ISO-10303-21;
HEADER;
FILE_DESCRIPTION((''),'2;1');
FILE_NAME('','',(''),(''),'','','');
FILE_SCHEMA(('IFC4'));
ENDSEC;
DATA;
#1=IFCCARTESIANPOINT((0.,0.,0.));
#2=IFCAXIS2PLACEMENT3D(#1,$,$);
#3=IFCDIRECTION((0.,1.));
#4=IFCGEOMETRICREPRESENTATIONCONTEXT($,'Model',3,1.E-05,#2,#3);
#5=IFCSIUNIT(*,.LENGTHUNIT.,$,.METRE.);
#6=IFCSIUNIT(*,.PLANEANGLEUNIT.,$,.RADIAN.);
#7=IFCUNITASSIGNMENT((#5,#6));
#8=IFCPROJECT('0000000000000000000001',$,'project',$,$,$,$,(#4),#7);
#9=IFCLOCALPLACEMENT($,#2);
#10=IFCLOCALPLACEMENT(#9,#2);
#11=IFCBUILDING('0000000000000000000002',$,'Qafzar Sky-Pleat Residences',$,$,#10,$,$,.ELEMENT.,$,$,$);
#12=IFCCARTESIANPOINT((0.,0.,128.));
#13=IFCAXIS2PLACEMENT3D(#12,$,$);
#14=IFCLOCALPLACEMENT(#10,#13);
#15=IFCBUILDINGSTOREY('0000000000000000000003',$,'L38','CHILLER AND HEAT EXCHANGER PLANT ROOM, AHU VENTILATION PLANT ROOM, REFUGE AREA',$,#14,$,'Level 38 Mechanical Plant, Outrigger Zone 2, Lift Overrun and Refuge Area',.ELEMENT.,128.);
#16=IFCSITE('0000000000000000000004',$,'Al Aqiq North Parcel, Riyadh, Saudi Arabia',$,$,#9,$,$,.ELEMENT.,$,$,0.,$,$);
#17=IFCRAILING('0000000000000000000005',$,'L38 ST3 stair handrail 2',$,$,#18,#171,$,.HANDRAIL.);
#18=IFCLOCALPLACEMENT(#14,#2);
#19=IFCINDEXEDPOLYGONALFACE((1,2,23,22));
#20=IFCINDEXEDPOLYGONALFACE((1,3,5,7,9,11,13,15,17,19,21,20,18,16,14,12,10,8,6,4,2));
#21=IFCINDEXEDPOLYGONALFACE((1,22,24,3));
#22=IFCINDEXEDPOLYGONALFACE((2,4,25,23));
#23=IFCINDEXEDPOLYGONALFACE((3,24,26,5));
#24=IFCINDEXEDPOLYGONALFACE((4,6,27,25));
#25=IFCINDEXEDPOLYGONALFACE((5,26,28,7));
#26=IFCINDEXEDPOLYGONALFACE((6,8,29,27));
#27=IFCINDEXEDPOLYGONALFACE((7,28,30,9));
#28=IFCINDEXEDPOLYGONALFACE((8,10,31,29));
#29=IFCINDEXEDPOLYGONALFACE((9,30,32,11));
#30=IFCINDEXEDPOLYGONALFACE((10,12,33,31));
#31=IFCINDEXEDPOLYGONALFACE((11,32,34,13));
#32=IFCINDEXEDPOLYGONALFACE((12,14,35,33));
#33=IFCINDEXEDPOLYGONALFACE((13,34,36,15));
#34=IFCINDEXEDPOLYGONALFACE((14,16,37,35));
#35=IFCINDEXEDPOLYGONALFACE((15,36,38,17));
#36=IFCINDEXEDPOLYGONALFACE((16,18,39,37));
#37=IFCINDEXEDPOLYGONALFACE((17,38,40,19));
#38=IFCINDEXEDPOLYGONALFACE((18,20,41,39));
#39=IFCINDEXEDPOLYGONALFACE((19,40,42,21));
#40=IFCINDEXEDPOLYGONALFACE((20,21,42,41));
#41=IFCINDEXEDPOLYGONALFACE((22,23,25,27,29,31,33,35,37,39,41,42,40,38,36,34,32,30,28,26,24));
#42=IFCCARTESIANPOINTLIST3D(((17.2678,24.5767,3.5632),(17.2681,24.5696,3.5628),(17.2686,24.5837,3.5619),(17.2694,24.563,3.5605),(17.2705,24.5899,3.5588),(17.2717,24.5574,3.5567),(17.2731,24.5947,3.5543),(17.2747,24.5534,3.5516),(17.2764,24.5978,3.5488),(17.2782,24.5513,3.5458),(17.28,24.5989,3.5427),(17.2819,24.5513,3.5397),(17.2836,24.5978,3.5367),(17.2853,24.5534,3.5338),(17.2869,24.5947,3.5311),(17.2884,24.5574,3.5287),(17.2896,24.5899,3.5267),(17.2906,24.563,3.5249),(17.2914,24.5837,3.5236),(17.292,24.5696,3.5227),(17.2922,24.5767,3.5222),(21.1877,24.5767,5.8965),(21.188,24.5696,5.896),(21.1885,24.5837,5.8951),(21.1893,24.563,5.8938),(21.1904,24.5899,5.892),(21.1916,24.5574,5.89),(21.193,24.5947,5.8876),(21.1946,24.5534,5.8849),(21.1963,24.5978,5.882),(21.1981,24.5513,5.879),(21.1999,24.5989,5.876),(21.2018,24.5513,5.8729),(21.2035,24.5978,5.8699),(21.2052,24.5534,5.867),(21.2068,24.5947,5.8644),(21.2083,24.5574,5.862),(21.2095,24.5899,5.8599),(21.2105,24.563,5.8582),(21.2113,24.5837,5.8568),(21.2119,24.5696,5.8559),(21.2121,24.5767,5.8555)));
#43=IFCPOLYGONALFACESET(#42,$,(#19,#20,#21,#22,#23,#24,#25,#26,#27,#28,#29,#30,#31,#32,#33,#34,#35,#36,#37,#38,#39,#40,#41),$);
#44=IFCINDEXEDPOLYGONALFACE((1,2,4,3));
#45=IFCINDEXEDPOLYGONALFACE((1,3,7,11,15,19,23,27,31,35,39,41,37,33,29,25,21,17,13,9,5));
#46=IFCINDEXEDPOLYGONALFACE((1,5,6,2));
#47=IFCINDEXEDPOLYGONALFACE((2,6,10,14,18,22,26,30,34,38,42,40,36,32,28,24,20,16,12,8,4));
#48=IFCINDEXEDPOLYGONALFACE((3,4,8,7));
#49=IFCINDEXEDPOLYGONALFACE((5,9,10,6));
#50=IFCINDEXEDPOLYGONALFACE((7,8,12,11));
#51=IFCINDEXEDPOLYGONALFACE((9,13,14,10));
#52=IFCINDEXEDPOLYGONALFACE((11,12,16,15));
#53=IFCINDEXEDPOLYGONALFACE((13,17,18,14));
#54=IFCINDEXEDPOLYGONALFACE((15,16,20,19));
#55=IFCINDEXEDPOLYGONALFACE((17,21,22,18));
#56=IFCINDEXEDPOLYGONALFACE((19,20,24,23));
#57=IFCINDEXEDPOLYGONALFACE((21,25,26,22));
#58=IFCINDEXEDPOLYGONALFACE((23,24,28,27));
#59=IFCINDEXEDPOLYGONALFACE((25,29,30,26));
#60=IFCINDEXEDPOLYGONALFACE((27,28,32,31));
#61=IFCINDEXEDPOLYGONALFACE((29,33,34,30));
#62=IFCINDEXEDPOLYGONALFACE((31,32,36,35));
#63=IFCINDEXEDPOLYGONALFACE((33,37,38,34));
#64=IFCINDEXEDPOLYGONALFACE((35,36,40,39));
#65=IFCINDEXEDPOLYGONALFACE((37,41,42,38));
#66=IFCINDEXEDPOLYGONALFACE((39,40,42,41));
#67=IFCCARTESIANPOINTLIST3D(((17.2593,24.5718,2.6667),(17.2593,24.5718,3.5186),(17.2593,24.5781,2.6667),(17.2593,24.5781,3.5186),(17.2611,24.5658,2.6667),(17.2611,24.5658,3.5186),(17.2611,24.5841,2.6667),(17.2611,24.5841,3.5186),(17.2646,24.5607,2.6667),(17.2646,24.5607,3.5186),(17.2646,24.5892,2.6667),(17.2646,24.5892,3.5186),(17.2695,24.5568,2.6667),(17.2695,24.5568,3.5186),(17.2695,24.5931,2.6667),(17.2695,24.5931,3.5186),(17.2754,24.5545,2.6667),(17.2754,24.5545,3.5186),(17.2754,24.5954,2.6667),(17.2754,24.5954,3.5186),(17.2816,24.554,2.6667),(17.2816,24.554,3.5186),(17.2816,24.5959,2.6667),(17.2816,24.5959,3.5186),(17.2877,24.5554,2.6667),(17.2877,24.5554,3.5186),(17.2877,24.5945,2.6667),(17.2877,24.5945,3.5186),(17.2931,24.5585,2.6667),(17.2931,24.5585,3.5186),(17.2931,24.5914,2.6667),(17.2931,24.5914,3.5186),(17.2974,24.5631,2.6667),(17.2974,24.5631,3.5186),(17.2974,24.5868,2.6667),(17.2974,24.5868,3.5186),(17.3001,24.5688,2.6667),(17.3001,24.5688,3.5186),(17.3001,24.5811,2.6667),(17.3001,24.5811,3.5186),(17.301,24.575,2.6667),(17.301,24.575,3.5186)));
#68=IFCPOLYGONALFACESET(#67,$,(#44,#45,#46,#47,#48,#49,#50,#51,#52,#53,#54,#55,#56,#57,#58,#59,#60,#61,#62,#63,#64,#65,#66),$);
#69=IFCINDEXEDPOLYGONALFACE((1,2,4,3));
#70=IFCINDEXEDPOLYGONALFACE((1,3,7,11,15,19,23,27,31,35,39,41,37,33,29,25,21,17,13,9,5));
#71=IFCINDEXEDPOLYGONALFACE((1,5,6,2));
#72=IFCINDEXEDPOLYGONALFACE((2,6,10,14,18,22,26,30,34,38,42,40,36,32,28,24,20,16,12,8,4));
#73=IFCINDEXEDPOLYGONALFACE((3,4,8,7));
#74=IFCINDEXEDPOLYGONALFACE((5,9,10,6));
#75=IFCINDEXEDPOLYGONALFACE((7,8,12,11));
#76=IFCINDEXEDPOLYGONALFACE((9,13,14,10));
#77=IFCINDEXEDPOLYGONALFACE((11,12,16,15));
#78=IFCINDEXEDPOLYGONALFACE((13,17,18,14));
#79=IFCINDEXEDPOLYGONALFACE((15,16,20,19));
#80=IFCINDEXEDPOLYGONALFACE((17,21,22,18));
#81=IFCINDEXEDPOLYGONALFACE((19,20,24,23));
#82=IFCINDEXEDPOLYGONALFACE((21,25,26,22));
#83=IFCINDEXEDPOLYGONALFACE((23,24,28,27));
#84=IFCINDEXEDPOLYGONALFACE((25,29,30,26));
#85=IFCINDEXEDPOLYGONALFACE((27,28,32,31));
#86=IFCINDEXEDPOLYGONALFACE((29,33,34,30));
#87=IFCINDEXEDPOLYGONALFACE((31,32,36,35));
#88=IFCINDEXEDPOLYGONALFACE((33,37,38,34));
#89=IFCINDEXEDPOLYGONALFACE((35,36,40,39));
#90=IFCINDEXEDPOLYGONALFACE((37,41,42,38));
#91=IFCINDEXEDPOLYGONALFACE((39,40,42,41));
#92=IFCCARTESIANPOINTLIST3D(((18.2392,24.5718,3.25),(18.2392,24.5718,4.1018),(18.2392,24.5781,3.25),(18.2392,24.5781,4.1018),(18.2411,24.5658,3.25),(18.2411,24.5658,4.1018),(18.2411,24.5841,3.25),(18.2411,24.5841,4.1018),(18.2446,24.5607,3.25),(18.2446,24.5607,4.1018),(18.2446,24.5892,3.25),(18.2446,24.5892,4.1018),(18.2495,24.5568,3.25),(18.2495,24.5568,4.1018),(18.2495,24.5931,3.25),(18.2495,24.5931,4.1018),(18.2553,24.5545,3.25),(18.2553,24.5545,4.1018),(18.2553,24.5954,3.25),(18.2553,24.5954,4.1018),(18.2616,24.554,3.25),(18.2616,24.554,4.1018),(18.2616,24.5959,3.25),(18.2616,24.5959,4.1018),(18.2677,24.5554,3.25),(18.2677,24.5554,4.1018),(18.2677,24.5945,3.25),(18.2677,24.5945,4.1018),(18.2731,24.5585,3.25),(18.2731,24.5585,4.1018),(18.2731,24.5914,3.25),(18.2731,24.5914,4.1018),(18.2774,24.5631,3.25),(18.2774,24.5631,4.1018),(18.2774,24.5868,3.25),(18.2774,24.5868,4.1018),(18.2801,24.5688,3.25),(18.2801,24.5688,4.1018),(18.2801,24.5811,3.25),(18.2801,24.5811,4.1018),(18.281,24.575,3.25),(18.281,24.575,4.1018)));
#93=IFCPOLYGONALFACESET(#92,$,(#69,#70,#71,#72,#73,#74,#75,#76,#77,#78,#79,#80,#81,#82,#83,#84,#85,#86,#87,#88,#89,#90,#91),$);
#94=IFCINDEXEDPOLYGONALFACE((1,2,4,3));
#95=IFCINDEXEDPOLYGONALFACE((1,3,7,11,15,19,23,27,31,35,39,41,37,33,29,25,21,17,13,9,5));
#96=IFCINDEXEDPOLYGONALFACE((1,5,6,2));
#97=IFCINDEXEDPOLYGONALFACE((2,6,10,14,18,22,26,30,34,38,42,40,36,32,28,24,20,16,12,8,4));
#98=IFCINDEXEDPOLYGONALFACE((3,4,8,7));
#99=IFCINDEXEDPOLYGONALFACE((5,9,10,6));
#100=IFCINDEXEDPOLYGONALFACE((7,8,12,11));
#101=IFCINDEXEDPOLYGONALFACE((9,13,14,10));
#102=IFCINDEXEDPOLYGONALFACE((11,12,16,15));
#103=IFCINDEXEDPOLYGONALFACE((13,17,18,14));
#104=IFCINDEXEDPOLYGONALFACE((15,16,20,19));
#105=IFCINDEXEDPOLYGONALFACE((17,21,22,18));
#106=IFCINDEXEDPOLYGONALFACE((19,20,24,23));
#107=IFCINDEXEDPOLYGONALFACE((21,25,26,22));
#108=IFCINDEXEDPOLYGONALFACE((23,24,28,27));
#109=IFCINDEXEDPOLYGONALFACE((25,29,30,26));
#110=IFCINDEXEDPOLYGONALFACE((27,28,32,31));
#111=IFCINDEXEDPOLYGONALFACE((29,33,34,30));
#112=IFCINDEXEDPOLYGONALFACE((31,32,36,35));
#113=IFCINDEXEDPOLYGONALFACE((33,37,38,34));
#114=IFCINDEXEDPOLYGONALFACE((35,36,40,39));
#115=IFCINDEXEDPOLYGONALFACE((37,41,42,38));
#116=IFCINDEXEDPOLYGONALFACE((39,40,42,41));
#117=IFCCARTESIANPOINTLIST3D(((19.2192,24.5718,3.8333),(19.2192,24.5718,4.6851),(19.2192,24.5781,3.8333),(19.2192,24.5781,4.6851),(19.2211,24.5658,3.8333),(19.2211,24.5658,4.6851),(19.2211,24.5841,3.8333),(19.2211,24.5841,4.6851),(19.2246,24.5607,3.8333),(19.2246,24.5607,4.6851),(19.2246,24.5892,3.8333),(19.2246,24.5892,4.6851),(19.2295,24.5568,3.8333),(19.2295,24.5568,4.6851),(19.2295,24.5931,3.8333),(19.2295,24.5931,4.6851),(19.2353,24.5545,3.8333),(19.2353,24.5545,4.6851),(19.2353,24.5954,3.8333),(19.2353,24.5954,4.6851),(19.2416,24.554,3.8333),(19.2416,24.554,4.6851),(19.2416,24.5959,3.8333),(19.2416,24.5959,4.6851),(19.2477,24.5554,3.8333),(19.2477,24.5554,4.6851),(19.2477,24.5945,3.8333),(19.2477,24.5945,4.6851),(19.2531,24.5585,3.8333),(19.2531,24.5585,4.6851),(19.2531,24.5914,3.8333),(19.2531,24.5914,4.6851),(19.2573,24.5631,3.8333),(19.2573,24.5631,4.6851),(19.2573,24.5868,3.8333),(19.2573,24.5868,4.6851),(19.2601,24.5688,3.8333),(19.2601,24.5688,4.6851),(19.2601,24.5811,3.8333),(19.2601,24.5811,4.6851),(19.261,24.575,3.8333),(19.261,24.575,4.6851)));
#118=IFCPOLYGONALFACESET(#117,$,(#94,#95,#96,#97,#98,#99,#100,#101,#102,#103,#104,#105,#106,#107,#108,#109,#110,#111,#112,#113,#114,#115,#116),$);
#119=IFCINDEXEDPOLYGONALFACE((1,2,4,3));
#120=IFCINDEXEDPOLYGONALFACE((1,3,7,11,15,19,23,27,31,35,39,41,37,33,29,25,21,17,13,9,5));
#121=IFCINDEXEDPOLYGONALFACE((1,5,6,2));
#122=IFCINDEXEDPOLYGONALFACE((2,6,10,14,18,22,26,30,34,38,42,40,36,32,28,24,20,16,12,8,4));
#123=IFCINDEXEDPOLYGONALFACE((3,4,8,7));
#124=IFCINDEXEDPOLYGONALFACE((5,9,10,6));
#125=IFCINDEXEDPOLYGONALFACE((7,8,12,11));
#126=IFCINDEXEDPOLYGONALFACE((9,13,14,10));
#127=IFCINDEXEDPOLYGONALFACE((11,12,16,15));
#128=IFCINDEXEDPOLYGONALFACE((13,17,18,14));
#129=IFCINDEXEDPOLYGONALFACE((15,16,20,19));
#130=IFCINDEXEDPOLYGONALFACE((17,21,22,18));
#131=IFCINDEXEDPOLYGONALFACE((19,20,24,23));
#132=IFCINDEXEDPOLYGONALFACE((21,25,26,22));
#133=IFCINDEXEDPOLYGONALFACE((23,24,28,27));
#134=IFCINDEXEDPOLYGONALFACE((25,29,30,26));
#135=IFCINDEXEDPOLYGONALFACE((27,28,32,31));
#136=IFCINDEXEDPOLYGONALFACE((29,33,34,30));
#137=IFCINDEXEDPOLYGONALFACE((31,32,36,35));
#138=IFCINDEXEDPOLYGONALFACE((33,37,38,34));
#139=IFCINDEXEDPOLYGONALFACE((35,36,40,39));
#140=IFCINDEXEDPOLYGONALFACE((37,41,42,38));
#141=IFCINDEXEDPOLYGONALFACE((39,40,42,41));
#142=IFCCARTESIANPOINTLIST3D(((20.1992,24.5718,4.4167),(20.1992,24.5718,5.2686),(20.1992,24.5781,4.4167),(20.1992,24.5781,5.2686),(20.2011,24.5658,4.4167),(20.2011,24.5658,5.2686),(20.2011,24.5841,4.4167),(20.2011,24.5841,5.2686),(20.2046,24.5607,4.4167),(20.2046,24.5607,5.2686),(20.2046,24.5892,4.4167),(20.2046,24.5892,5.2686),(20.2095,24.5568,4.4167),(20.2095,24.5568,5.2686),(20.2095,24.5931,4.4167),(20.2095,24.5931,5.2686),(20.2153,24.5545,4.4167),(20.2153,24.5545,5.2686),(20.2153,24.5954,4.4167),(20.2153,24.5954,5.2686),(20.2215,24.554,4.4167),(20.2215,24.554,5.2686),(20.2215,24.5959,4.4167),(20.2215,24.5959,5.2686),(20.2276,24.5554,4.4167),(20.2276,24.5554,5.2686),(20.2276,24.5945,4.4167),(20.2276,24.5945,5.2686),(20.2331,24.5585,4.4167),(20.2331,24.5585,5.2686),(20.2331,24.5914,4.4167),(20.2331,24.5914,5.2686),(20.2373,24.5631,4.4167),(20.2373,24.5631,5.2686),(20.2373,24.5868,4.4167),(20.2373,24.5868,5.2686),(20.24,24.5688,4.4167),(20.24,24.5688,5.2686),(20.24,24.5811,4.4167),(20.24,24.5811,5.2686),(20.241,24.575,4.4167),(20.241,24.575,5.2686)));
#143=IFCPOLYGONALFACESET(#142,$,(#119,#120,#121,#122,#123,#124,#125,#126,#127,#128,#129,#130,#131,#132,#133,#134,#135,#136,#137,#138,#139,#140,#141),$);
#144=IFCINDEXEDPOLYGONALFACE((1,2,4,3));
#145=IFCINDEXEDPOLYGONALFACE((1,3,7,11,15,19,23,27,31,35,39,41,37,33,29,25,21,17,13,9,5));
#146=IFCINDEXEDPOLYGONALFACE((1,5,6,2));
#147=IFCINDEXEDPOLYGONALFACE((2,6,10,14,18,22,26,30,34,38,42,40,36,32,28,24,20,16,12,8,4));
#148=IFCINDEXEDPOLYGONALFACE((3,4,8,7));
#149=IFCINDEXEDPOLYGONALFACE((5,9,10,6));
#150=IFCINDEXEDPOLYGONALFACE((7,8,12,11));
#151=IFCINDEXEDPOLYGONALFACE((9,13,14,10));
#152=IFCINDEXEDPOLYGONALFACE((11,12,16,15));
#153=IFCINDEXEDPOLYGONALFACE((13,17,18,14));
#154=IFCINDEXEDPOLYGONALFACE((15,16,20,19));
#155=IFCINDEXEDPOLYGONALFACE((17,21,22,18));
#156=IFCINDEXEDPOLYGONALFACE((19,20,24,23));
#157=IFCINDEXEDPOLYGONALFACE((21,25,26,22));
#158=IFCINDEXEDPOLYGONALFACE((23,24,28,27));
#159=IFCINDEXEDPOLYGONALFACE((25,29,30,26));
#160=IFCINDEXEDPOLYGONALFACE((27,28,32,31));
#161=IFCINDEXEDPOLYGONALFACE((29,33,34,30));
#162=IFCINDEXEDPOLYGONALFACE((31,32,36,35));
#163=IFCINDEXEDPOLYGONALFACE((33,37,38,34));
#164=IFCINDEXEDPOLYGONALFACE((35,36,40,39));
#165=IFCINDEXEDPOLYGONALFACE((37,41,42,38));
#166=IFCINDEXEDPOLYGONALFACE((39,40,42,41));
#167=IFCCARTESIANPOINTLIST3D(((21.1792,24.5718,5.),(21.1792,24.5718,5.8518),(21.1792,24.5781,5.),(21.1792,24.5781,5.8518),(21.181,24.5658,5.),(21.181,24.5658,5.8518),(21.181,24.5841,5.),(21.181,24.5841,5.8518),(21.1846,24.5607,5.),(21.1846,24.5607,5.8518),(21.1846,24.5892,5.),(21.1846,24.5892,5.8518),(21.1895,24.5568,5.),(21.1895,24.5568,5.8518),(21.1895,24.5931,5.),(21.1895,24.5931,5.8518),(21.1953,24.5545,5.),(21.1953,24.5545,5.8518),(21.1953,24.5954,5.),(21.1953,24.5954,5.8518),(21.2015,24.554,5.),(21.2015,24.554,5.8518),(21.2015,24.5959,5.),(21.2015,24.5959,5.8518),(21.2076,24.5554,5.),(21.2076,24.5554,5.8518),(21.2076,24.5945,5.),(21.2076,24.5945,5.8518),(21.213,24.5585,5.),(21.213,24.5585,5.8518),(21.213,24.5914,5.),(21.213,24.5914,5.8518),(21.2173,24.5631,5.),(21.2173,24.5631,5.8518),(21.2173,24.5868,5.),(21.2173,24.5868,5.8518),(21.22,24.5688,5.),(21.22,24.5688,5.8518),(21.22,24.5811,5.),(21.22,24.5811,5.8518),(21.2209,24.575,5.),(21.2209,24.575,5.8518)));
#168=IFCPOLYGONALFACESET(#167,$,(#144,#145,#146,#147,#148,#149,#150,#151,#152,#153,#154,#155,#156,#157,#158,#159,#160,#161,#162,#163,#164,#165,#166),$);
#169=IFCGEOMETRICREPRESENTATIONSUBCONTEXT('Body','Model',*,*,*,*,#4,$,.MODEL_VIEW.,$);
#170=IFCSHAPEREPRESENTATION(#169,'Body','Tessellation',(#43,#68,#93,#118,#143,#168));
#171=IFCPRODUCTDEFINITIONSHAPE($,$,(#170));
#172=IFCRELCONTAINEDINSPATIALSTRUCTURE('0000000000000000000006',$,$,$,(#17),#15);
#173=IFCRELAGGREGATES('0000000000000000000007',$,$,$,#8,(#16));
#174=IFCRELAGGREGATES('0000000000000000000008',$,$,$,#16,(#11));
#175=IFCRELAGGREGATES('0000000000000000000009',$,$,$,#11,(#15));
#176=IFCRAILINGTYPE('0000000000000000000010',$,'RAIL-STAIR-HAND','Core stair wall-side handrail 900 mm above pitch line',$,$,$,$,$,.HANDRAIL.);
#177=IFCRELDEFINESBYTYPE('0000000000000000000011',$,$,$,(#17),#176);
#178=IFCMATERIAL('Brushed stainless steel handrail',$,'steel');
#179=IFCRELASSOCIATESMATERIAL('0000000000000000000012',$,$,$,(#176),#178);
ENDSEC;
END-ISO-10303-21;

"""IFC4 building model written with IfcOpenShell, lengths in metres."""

from ifc_helpers import new_model, si_unit, direction, frame, origin, origin_2d, place, context, subcontext, project, spatial, circle, extrude, source, transform, mapped, material, type_object, element, save


model = new_model("IFC4")

# Units and contexts
model_context = context("Model", 3, precision=1e-05, world=origin(), true_north=direction((0.0, 1.0)))
body_context = subcontext(model_context, "Body", "Model", "MODEL_VIEW")
ifc_project = project(units=[si_unit("LENGTHUNIT", "METRE"), si_unit("PLANEANGLEUNIT", "RADIAN")], contexts=[model_context])

# Site, building, storey
site_placement = place(None, origin())
site = spatial("IfcSite", under=ifc_project, at=site_placement, Name="Al Aqiq North Parcel, Riyadh, Saudi Arabia", CompositionType="ELEMENT", RefElevation=0.0)
building_placement = place(site_placement, origin())
building = spatial("IfcBuilding", under=site, at=building_placement, Name="Qafzar Sky-Pleat Residences", CompositionType="ELEMENT")
storey_placement = place(building_placement, frame((0.0, 0.0, 128.0)))
storey = spatial("IfcBuildingStorey", under=building, at=storey_placement, Name="L38", Description="CHILLER AND HEAT EXCHANGER PLANT ROOM, AHU VENTILATION PLANT ROOM, REFUGE AREA", LongName="Level 38 Mechanical Plant, Outrigger Zone 2, Lift Overrun and Refuge Area", CompositionType="ELEMENT", Elevation=128.0)

# Railing
ifc_material_1 = material(Name="Brushed stainless steel handrail", Category="steel")
railing_type = type_object("IfcRailingType", Name="RAIL-STAIR-HAND", Description="Core stair wall-side handrail 900 mm above pitch line", PredefinedType="HANDRAIL", material=ifc_material_1)
shared_shape_1 = source(origin(), body_context, "Body", "SweptSolid", [
    extrude(circle(Radius=0.0239, at=origin_2d()), frame((0.0, 0.0, 0.876), z_axis=(0.859296, 0.0, 0.511478), x_axis=(0.0, 1.0, 0.0)), (0.0, 0.0, 1.0), 4.5618),
    extrude(circle(Radius=0.021, at=origin_2d()), origin(), (0.0, 0.0, 1.0), 0.8518),
    extrude(circle(Radius=0.021, at=origin_2d()), frame((0.98, 0.0, 0.5833)), (0.0, 0.0, 1.0), 0.8518),
    extrude(circle(Radius=0.021, at=origin_2d()), frame((1.96, 0.0, 1.1665)), (0.0, 0.0, 1.0), 0.8518),
    extrude(circle(Radius=0.021, at=origin_2d()), frame((2.9399, 0.0, 1.75)), (0.0, 0.0, 1.0), 0.8518),
    extrude(circle(Radius=0.021, at=origin_2d()), frame((3.9199, 0.0, 2.3333)), (0.0, 0.0, 1.0), 0.8518),
])
railing_placement = place(storey_placement, frame((17.28, 24.575, 2.6667)))
element("IfcRailing", 1, at=railing_placement, inside=storey, type_object=railing_type, Name="L38 ST3 stair handrail 2", PredefinedType="HANDRAIL", context=body_context, shape_type="MappedRepresentation", body=[
    mapped(shared_shape_1, transform((0.0, 0.0, 0.0), x_axis=(1.0, 0.0, 0.0), y_axis=(0.0, 1.0, 0.0), z_axis=(0.0, 0.0, 1.0), scale=1.0)),
])

save(model, "model.ifc")
